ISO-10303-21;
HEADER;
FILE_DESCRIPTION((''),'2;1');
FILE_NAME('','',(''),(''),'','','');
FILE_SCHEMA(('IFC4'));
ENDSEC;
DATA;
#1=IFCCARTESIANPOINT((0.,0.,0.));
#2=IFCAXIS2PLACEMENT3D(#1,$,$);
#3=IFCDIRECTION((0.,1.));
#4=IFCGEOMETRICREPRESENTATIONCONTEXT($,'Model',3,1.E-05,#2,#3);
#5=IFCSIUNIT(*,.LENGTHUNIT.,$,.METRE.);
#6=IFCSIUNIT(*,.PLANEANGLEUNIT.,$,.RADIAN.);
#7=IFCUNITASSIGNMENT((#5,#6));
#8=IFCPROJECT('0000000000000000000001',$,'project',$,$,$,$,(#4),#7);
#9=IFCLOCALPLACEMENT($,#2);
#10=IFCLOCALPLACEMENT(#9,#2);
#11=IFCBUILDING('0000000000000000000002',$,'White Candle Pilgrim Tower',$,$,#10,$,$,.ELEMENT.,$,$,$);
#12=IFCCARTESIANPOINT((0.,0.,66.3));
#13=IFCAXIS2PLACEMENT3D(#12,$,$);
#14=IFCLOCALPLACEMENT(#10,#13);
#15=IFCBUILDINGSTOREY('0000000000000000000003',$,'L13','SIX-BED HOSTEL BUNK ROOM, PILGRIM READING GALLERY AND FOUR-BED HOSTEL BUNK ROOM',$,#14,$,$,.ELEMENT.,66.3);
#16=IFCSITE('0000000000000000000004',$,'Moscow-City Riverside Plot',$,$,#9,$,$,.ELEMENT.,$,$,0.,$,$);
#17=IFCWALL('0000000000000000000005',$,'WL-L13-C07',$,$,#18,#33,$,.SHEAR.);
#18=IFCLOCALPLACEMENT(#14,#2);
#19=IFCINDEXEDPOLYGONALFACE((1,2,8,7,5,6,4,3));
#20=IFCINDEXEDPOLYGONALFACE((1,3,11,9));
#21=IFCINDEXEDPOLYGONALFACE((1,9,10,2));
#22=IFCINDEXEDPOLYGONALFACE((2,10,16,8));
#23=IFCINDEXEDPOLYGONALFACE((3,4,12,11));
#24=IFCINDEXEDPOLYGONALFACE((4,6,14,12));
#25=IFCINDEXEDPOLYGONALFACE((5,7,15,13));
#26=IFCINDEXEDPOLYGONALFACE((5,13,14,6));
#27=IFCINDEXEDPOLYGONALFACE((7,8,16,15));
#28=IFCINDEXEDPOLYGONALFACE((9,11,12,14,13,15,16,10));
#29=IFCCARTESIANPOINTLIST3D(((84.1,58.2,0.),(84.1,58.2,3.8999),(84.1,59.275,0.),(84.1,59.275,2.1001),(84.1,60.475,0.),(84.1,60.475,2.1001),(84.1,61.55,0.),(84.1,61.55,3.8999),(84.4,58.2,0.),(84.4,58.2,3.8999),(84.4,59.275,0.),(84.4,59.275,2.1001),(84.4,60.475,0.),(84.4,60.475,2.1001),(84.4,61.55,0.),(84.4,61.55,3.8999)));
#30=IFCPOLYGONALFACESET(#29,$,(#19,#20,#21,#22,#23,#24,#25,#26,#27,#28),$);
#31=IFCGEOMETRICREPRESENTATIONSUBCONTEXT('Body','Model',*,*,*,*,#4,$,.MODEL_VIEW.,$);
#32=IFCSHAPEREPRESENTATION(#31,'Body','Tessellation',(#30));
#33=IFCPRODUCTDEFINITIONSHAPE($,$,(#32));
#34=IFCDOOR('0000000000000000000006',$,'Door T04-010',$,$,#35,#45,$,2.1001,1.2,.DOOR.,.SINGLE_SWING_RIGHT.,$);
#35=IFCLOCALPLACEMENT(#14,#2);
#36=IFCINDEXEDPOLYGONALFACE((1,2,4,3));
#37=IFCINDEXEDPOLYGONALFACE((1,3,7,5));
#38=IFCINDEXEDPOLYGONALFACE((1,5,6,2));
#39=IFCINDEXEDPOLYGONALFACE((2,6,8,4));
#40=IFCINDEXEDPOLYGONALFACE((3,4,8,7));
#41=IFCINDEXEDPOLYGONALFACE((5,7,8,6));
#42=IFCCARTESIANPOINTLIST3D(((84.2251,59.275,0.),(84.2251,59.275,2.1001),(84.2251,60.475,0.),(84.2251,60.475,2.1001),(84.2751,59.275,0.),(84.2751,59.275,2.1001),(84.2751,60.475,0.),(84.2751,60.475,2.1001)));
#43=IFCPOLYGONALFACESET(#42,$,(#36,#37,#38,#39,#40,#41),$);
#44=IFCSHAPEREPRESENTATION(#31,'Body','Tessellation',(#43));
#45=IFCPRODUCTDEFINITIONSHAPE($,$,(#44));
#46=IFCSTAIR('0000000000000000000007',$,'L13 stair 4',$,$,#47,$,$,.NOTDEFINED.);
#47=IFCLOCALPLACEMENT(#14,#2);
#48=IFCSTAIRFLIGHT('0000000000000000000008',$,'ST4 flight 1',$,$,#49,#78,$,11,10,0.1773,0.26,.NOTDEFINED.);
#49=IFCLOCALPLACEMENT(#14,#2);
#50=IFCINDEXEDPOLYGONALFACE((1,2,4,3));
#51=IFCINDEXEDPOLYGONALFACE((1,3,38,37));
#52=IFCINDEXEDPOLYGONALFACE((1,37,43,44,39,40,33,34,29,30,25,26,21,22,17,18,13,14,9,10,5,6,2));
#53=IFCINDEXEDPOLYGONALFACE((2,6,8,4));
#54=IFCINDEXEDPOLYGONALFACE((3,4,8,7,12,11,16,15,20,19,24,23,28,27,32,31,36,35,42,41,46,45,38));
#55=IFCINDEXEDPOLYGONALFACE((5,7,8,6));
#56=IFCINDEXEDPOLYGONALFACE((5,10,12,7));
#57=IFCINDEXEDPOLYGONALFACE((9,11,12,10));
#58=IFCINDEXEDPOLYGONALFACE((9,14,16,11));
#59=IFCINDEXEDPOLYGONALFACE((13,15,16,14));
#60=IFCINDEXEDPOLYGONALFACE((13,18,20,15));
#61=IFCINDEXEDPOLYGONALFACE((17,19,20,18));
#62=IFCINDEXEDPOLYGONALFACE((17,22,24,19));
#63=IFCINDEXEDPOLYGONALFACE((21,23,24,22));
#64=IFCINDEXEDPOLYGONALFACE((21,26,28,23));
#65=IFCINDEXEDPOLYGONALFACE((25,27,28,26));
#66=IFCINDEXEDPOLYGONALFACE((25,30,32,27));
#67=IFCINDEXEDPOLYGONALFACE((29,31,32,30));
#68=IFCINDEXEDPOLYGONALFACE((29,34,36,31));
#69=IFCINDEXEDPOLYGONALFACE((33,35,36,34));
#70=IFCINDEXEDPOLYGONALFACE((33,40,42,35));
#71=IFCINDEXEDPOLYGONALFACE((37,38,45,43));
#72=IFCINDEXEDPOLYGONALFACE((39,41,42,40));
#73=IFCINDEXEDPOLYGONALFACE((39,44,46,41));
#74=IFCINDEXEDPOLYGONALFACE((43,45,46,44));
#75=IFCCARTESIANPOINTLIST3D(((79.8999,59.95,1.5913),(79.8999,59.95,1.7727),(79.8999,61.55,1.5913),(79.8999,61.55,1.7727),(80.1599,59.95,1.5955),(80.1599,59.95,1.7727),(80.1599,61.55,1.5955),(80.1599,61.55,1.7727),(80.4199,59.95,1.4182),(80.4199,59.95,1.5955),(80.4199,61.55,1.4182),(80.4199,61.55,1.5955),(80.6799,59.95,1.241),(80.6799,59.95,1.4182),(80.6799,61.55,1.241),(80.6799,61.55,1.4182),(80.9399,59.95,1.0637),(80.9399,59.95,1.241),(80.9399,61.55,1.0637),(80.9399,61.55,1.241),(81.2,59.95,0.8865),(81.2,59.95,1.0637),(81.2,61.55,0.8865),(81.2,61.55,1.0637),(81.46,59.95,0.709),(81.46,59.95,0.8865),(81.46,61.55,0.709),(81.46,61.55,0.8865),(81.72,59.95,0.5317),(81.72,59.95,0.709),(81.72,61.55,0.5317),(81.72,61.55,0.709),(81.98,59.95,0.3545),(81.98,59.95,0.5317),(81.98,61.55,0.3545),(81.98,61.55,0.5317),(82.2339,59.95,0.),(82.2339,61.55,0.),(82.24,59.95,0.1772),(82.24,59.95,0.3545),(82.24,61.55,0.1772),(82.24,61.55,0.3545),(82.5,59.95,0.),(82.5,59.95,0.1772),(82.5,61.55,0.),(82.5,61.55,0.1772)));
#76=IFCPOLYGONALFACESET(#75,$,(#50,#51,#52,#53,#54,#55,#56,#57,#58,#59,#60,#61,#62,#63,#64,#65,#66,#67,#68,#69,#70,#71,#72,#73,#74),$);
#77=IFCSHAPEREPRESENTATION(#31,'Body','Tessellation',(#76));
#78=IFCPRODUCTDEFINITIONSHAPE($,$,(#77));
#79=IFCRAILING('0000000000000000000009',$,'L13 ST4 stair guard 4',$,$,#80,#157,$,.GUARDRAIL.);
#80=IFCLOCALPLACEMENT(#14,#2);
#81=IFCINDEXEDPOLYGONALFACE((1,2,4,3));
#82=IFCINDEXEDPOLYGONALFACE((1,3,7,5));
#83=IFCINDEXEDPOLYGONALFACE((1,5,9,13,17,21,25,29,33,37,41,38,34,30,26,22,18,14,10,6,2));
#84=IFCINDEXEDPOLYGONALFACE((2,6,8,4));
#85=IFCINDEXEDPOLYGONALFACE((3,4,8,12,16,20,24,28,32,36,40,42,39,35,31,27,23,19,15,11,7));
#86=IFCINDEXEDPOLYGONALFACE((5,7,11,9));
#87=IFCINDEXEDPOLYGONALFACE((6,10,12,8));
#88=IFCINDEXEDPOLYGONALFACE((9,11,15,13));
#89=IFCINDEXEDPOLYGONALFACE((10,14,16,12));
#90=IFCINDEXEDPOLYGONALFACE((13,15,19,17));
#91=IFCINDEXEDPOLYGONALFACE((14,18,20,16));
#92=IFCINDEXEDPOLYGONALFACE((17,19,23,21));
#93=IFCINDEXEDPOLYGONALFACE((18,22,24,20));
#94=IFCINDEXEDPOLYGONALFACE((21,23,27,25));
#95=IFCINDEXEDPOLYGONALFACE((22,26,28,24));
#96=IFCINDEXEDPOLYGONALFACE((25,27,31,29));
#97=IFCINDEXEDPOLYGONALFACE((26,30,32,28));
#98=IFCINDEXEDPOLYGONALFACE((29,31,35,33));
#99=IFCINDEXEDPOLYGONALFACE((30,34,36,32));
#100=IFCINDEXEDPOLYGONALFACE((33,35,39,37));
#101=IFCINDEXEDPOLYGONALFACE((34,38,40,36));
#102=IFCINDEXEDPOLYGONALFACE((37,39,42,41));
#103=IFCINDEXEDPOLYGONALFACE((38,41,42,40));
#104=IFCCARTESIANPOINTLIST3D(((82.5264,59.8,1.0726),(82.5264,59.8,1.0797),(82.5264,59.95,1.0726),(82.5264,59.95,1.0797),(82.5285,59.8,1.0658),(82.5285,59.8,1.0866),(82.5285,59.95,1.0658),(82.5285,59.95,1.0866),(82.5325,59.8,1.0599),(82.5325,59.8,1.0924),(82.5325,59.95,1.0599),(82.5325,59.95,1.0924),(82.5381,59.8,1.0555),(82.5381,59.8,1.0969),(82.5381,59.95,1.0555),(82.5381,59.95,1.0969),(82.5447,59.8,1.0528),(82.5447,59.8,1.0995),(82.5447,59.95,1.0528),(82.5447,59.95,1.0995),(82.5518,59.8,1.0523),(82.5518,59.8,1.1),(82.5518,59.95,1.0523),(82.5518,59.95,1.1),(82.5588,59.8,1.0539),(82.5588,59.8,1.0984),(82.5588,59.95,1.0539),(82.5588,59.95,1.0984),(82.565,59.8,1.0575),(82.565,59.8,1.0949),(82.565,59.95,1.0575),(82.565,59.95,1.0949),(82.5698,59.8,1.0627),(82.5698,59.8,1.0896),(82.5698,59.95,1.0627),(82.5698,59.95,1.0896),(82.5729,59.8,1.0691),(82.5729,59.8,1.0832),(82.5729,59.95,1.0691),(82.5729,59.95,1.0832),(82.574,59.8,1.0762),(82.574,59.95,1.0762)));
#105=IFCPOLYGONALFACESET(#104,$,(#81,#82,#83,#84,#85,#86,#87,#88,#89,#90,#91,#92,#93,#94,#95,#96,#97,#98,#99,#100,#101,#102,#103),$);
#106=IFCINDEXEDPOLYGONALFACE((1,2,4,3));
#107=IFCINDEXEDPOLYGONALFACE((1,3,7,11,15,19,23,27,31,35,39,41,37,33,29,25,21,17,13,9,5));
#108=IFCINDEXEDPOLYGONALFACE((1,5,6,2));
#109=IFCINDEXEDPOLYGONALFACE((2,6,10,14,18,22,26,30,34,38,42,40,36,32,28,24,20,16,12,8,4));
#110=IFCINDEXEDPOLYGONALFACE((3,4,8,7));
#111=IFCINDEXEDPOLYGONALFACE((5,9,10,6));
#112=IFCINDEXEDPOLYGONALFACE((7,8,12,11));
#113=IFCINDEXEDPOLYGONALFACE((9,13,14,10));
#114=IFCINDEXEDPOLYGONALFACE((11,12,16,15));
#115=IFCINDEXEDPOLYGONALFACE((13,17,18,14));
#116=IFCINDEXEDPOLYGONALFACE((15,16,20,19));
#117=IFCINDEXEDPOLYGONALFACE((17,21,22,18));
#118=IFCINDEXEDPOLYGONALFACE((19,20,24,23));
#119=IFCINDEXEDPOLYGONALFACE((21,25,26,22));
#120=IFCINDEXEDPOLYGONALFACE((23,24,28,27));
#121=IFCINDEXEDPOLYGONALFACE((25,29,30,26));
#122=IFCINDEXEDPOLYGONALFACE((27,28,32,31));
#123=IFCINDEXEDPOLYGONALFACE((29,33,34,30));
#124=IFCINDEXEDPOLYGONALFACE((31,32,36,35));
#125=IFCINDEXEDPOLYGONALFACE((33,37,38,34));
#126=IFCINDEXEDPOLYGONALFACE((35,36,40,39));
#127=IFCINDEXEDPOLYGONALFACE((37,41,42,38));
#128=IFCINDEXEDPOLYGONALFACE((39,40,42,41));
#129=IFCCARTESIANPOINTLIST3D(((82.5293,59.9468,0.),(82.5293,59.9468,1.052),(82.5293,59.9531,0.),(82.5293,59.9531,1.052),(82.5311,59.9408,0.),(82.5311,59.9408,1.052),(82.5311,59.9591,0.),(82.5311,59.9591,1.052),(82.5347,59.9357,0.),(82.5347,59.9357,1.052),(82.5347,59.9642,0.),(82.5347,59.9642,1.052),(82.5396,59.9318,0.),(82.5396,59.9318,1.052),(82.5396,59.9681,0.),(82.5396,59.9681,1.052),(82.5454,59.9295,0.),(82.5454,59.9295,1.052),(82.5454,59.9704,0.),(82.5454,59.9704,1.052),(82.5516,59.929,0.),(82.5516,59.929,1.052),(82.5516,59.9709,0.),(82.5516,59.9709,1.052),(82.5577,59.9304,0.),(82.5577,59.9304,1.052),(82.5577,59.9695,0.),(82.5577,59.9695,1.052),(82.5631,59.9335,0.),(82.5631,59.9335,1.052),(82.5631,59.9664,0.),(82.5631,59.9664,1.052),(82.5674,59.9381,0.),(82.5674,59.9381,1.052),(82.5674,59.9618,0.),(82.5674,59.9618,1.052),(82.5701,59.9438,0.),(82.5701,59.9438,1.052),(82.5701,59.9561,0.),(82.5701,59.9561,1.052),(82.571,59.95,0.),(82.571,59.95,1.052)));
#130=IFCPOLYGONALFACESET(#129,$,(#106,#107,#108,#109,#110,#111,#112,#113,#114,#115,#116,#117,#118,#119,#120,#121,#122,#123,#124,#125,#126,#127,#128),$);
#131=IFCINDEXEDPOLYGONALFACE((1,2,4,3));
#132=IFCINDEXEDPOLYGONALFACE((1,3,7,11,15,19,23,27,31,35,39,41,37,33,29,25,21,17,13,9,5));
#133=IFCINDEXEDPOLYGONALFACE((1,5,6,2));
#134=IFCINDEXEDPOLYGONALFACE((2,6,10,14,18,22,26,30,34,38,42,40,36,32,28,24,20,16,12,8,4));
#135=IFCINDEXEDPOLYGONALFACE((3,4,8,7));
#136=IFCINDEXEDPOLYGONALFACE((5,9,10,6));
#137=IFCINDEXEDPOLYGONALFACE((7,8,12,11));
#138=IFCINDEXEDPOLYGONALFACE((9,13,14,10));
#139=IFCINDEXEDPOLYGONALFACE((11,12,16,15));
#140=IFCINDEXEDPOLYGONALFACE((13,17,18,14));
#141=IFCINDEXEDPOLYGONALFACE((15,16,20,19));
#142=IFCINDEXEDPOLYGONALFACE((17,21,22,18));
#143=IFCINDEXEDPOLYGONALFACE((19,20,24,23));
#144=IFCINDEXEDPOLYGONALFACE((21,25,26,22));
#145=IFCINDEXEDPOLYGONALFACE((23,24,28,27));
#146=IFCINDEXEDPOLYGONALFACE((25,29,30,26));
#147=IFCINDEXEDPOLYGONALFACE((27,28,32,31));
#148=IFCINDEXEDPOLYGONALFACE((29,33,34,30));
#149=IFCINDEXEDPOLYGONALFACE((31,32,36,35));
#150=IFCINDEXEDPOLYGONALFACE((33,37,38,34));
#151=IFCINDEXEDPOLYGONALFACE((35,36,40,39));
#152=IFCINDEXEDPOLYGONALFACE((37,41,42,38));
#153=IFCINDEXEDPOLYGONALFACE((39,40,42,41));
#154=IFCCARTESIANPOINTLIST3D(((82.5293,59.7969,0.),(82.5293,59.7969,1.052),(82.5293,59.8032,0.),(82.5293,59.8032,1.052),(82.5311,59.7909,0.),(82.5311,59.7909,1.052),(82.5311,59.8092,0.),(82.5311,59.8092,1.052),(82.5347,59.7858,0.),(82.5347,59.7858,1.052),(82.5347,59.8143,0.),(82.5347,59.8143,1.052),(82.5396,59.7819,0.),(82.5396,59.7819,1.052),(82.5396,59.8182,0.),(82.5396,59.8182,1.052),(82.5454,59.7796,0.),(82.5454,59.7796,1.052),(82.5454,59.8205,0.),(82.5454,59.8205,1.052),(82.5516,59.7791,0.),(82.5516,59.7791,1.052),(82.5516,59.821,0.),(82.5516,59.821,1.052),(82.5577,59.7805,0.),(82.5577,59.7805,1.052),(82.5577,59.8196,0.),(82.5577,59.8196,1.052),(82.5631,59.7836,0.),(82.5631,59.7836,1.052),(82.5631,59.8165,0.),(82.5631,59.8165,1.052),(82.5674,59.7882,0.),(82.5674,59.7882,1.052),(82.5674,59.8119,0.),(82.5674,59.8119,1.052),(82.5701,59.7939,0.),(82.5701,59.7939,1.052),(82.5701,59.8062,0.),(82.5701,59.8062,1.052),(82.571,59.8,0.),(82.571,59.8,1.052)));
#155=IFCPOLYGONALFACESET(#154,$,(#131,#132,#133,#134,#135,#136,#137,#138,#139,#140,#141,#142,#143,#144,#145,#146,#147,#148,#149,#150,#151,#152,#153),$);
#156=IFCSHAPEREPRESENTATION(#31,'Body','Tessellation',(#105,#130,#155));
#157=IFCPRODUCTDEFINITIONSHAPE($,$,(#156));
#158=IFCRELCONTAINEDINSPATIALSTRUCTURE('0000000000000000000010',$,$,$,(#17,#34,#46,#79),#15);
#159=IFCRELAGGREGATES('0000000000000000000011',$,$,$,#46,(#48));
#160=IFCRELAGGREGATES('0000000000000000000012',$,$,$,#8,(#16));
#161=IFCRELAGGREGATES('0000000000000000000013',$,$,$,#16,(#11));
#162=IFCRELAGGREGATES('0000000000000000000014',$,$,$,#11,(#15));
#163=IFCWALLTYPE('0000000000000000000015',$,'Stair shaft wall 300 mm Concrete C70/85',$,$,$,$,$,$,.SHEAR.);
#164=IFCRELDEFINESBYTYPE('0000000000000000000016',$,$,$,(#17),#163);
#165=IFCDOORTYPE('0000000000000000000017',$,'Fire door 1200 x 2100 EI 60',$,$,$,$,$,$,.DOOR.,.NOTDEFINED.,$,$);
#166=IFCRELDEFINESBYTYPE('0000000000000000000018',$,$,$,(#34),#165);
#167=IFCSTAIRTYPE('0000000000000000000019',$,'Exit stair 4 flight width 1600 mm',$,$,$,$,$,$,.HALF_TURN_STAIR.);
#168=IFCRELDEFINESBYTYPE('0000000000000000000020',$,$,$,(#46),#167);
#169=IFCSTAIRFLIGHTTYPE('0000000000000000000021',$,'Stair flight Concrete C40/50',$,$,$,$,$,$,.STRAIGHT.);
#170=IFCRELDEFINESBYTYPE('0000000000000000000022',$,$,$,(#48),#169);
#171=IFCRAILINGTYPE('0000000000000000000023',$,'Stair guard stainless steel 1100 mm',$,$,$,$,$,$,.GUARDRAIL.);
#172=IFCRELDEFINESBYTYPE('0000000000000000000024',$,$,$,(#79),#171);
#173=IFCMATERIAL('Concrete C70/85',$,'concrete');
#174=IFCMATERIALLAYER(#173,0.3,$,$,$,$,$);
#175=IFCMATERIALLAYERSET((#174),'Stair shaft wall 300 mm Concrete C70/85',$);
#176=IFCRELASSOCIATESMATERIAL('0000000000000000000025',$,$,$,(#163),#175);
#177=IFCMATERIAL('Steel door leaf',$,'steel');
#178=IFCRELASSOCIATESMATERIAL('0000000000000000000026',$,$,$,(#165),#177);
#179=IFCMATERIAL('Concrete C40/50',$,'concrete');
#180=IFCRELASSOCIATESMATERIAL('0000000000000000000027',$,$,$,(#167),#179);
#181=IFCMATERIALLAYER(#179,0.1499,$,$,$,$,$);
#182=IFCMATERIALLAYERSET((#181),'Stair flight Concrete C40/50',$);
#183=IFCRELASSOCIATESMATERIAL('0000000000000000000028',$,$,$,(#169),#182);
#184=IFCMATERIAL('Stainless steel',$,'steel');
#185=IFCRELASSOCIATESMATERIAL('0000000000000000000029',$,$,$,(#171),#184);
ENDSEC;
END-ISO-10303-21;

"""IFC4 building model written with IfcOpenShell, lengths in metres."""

from ifc_helpers import new_model, si_unit, direction, frame, frame_2d, origin, origin_2d, place, context, subcontext, project, spatial, polyline, rectangle, circle, outline, extrude, material, layer, layer_set, type_object, element, fill, aggregate, save


model = new_model("IFC4")

# Units and contexts
model_context = context("Model", 3, precision=1e-05, world=origin(), true_north=direction((0.0, 1.0)))
body_context = subcontext(model_context, "Body", "Model", "MODEL_VIEW")
ifc_project = project(units=[si_unit("LENGTHUNIT", "METRE"), si_unit("PLANEANGLEUNIT", "RADIAN")], contexts=[model_context])

# Site, building, storey
site_placement = place(None, origin())
site = spatial("IfcSite", under=ifc_project, at=site_placement, Name="Moscow-City Riverside Plot", CompositionType="ELEMENT", RefElevation=0.0)
building_placement = place(site_placement, origin())
building = spatial("IfcBuilding", under=site, at=building_placement, Name="White Candle Pilgrim Tower", CompositionType="ELEMENT")
storey_placement = place(building_placement, frame((0.0, 0.0, 66.3)))
storey = spatial("IfcBuildingStorey", under=building, at=storey_placement, Name="L13", Description="SIX-BED HOSTEL BUNK ROOM, PILGRIM READING GALLERY AND FOUR-BED HOSTEL BUNK ROOM", CompositionType="ELEMENT", Elevation=66.3)

# Shared definitions
ifc_material_1 = material(Name="Concrete C70/85", Category="concrete")

# Shared definitions
ifc_material_2 = material(Name="Steel door leaf", Category="steel")

# Wall, opening, door
ifc_layer_1 = layer(ifc_material_1, 0.3)
ifc_layer_set_1 = layer_set([ifc_layer_1], Name="Stair shaft wall 300 mm Concrete C70/85")
wall_type_1 = type_object("IfcWallType", Name="Stair shaft wall 300 mm Concrete C70/85", PredefinedType="SHEAR", material=ifc_layer_set_1)
wall_1_placement = place(storey_placement, frame((84.25, 58.2, 0.0), z_axis=(0.0, 0.0, 1.0), x_axis=(0.0, 1.0, 0.0)))
wall_1 = element("IfcWall", 1, at=wall_1_placement, inside=storey, type_object=wall_type_1, Name="WL-L13-C07", PredefinedType="SHEAR", context=body_context, shape_type="SweptSolid", body=[
    extrude(rectangle(XDim=3.3501, YDim=0.3, at=frame_2d((1.675, 0.0))), origin(), (0.0, 0.0, 1.0), 3.8999),
])
opening_1_placement = place(wall_1_placement, frame((1.075, 0.0, 0.0)))
opening_1 = element("IfcOpeningElement", 2, at=opening_1_placement, cuts=wall_1, PredefinedType="OPENING", context=body_context, shape_type="SweptSolid", body=[
    extrude(rectangle(XDim=1.2, YDim=2.1001, at=frame_2d((0.6001, 1.05))), frame((0.0, 0.1599, 0.0), z_axis=(0.0, -1.0, 0.0), x_axis=(1.0, 0.0, 0.0)), (0.0, 0.0, 1.0), 0.3201),
])
door_type_1 = type_object("IfcDoorType", Name="Fire door 1200 x 2100 EI 60", OperationType="NOTDEFINED", PredefinedType="DOOR", material=ifc_material_2)
door_1_placement = place(opening_1_placement, origin())
door_1 = element("IfcDoor", 3, at=door_1_placement, inside=storey, type_object=door_type_1, Name="Door T04-010", OperationType="SINGLE_SWING_RIGHT", OverallHeight=2.1001, OverallWidth=1.2, PredefinedType="DOOR", context=body_context, shape_type="SweptSolid", body=[
    extrude(rectangle(XDim=1.2, YDim=2.1001, at=frame_2d((0.6001, 1.05))), frame((0.0, 0.0249, 0.0), z_axis=(0.0, -1.0, 0.0), x_axis=(1.0, 0.0, 0.0)), (0.0, 0.0, 1.0), 0.05),
])
fill(opening_1, door_1)

# Stair, stair flight
ifc_material_3 = material(Name="Concrete C40/50", Category="concrete")
stair_type = type_object("IfcStairType", Name="Exit stair 4 flight width 1600 mm", PredefinedType="HALF_TURN_STAIR", material=ifc_material_3)
stair_placement = place(storey_placement, origin())
stair = element("IfcStair", 4, at=stair_placement, inside=storey, type_object=stair_type, Name="L13 stair 4", PredefinedType="NOTDEFINED")
ifc_layer_2 = layer(ifc_material_3, 0.1499)
ifc_layer_set_2 = layer_set([ifc_layer_2], Name="Stair flight Concrete C40/50")
stair_flight_type = type_object("IfcStairFlightType", Name="Stair flight Concrete C40/50", PredefinedType="STRAIGHT", material=ifc_layer_set_2)
stair_flight_placement = place(storey_placement, frame((82.5, 60.75, 0.0), z_axis=(0.0, 0.0, 1.0), x_axis=(-1.0, 0.0, 0.0)))
stair_flight = element("IfcStairFlight", 5, at=stair_flight_placement, type_object=stair_flight_type, Name="ST4 flight 1", NumberOfRisers=11, NumberOfTreads=10, PredefinedType="NOTDEFINED", RiserHeight=0.1773, TreadLength=0.26, context=body_context, shape_type="SweptSolid", body=[
    extrude(outline(polyline([(0.0, 0.0), (0.0, 0.1772), (0.26, 0.1772), (0.26, 0.3545), (0.52, 0.3545), (0.52, 0.5317), (0.78, 0.5317), (0.78, 0.709), (1.04, 0.709), (1.04, 0.8865), (1.3, 0.8865), (1.3, 1.0637), (1.5601, 1.0637), (1.5601, 1.241), (1.8201, 1.241), (1.8201, 1.4182), (2.0801, 1.4182), (2.0801, 1.5955), (2.3401, 1.5955), (2.3401, 1.7727), (2.6001, 1.7727), (2.6001, 1.95), (2.6001, 1.5913), (0.2661, 0.0), (0.0, 0.0)])), frame((0.0, 0.8, 0.0), z_axis=(0.0, -1.0, 0.0), x_axis=(1.0, 0.0, 0.0)), (0.0, 0.0, 1.0), 1.6001),
])
aggregate(stair, [stair_flight])

# Railing
ifc_material_4 = material(Name="Stainless steel", Category="steel")
railing_type_1 = type_object("IfcRailingType", Name="Stair guard stainless steel 1100 mm", PredefinedType="GUARDRAIL", material=ifc_material_4)
railing_1_placement = place(storey_placement, frame((82.55, 59.95, 0.0)))
element("IfcRailing", 6, at=railing_1_placement, inside=storey, type_object=railing_type_1, Name="L13 ST4 stair guard 4", PredefinedType="GUARDRAIL", context=body_context, shape_type="SweptSolid", body=[
    extrude(circle(Radius=0.0239, at=origin_2d()), frame((0.0, 0.0, 1.0762), z_axis=(0.0, -1.0, 0.0), x_axis=(1.0, 0.0, 0.0)), (0.0, 0.0, 1.0), 0.1499),
    extrude(circle(Radius=0.021, at=origin_2d()), origin(), (0.0, 0.0, 1.0), 1.052),
    extrude(circle(Radius=0.021, at=origin_2d()), frame((0.0, -0.1499, 0.0)), (0.0, 0.0, 1.0), 1.052),
])

save(model, "model.ifc")
